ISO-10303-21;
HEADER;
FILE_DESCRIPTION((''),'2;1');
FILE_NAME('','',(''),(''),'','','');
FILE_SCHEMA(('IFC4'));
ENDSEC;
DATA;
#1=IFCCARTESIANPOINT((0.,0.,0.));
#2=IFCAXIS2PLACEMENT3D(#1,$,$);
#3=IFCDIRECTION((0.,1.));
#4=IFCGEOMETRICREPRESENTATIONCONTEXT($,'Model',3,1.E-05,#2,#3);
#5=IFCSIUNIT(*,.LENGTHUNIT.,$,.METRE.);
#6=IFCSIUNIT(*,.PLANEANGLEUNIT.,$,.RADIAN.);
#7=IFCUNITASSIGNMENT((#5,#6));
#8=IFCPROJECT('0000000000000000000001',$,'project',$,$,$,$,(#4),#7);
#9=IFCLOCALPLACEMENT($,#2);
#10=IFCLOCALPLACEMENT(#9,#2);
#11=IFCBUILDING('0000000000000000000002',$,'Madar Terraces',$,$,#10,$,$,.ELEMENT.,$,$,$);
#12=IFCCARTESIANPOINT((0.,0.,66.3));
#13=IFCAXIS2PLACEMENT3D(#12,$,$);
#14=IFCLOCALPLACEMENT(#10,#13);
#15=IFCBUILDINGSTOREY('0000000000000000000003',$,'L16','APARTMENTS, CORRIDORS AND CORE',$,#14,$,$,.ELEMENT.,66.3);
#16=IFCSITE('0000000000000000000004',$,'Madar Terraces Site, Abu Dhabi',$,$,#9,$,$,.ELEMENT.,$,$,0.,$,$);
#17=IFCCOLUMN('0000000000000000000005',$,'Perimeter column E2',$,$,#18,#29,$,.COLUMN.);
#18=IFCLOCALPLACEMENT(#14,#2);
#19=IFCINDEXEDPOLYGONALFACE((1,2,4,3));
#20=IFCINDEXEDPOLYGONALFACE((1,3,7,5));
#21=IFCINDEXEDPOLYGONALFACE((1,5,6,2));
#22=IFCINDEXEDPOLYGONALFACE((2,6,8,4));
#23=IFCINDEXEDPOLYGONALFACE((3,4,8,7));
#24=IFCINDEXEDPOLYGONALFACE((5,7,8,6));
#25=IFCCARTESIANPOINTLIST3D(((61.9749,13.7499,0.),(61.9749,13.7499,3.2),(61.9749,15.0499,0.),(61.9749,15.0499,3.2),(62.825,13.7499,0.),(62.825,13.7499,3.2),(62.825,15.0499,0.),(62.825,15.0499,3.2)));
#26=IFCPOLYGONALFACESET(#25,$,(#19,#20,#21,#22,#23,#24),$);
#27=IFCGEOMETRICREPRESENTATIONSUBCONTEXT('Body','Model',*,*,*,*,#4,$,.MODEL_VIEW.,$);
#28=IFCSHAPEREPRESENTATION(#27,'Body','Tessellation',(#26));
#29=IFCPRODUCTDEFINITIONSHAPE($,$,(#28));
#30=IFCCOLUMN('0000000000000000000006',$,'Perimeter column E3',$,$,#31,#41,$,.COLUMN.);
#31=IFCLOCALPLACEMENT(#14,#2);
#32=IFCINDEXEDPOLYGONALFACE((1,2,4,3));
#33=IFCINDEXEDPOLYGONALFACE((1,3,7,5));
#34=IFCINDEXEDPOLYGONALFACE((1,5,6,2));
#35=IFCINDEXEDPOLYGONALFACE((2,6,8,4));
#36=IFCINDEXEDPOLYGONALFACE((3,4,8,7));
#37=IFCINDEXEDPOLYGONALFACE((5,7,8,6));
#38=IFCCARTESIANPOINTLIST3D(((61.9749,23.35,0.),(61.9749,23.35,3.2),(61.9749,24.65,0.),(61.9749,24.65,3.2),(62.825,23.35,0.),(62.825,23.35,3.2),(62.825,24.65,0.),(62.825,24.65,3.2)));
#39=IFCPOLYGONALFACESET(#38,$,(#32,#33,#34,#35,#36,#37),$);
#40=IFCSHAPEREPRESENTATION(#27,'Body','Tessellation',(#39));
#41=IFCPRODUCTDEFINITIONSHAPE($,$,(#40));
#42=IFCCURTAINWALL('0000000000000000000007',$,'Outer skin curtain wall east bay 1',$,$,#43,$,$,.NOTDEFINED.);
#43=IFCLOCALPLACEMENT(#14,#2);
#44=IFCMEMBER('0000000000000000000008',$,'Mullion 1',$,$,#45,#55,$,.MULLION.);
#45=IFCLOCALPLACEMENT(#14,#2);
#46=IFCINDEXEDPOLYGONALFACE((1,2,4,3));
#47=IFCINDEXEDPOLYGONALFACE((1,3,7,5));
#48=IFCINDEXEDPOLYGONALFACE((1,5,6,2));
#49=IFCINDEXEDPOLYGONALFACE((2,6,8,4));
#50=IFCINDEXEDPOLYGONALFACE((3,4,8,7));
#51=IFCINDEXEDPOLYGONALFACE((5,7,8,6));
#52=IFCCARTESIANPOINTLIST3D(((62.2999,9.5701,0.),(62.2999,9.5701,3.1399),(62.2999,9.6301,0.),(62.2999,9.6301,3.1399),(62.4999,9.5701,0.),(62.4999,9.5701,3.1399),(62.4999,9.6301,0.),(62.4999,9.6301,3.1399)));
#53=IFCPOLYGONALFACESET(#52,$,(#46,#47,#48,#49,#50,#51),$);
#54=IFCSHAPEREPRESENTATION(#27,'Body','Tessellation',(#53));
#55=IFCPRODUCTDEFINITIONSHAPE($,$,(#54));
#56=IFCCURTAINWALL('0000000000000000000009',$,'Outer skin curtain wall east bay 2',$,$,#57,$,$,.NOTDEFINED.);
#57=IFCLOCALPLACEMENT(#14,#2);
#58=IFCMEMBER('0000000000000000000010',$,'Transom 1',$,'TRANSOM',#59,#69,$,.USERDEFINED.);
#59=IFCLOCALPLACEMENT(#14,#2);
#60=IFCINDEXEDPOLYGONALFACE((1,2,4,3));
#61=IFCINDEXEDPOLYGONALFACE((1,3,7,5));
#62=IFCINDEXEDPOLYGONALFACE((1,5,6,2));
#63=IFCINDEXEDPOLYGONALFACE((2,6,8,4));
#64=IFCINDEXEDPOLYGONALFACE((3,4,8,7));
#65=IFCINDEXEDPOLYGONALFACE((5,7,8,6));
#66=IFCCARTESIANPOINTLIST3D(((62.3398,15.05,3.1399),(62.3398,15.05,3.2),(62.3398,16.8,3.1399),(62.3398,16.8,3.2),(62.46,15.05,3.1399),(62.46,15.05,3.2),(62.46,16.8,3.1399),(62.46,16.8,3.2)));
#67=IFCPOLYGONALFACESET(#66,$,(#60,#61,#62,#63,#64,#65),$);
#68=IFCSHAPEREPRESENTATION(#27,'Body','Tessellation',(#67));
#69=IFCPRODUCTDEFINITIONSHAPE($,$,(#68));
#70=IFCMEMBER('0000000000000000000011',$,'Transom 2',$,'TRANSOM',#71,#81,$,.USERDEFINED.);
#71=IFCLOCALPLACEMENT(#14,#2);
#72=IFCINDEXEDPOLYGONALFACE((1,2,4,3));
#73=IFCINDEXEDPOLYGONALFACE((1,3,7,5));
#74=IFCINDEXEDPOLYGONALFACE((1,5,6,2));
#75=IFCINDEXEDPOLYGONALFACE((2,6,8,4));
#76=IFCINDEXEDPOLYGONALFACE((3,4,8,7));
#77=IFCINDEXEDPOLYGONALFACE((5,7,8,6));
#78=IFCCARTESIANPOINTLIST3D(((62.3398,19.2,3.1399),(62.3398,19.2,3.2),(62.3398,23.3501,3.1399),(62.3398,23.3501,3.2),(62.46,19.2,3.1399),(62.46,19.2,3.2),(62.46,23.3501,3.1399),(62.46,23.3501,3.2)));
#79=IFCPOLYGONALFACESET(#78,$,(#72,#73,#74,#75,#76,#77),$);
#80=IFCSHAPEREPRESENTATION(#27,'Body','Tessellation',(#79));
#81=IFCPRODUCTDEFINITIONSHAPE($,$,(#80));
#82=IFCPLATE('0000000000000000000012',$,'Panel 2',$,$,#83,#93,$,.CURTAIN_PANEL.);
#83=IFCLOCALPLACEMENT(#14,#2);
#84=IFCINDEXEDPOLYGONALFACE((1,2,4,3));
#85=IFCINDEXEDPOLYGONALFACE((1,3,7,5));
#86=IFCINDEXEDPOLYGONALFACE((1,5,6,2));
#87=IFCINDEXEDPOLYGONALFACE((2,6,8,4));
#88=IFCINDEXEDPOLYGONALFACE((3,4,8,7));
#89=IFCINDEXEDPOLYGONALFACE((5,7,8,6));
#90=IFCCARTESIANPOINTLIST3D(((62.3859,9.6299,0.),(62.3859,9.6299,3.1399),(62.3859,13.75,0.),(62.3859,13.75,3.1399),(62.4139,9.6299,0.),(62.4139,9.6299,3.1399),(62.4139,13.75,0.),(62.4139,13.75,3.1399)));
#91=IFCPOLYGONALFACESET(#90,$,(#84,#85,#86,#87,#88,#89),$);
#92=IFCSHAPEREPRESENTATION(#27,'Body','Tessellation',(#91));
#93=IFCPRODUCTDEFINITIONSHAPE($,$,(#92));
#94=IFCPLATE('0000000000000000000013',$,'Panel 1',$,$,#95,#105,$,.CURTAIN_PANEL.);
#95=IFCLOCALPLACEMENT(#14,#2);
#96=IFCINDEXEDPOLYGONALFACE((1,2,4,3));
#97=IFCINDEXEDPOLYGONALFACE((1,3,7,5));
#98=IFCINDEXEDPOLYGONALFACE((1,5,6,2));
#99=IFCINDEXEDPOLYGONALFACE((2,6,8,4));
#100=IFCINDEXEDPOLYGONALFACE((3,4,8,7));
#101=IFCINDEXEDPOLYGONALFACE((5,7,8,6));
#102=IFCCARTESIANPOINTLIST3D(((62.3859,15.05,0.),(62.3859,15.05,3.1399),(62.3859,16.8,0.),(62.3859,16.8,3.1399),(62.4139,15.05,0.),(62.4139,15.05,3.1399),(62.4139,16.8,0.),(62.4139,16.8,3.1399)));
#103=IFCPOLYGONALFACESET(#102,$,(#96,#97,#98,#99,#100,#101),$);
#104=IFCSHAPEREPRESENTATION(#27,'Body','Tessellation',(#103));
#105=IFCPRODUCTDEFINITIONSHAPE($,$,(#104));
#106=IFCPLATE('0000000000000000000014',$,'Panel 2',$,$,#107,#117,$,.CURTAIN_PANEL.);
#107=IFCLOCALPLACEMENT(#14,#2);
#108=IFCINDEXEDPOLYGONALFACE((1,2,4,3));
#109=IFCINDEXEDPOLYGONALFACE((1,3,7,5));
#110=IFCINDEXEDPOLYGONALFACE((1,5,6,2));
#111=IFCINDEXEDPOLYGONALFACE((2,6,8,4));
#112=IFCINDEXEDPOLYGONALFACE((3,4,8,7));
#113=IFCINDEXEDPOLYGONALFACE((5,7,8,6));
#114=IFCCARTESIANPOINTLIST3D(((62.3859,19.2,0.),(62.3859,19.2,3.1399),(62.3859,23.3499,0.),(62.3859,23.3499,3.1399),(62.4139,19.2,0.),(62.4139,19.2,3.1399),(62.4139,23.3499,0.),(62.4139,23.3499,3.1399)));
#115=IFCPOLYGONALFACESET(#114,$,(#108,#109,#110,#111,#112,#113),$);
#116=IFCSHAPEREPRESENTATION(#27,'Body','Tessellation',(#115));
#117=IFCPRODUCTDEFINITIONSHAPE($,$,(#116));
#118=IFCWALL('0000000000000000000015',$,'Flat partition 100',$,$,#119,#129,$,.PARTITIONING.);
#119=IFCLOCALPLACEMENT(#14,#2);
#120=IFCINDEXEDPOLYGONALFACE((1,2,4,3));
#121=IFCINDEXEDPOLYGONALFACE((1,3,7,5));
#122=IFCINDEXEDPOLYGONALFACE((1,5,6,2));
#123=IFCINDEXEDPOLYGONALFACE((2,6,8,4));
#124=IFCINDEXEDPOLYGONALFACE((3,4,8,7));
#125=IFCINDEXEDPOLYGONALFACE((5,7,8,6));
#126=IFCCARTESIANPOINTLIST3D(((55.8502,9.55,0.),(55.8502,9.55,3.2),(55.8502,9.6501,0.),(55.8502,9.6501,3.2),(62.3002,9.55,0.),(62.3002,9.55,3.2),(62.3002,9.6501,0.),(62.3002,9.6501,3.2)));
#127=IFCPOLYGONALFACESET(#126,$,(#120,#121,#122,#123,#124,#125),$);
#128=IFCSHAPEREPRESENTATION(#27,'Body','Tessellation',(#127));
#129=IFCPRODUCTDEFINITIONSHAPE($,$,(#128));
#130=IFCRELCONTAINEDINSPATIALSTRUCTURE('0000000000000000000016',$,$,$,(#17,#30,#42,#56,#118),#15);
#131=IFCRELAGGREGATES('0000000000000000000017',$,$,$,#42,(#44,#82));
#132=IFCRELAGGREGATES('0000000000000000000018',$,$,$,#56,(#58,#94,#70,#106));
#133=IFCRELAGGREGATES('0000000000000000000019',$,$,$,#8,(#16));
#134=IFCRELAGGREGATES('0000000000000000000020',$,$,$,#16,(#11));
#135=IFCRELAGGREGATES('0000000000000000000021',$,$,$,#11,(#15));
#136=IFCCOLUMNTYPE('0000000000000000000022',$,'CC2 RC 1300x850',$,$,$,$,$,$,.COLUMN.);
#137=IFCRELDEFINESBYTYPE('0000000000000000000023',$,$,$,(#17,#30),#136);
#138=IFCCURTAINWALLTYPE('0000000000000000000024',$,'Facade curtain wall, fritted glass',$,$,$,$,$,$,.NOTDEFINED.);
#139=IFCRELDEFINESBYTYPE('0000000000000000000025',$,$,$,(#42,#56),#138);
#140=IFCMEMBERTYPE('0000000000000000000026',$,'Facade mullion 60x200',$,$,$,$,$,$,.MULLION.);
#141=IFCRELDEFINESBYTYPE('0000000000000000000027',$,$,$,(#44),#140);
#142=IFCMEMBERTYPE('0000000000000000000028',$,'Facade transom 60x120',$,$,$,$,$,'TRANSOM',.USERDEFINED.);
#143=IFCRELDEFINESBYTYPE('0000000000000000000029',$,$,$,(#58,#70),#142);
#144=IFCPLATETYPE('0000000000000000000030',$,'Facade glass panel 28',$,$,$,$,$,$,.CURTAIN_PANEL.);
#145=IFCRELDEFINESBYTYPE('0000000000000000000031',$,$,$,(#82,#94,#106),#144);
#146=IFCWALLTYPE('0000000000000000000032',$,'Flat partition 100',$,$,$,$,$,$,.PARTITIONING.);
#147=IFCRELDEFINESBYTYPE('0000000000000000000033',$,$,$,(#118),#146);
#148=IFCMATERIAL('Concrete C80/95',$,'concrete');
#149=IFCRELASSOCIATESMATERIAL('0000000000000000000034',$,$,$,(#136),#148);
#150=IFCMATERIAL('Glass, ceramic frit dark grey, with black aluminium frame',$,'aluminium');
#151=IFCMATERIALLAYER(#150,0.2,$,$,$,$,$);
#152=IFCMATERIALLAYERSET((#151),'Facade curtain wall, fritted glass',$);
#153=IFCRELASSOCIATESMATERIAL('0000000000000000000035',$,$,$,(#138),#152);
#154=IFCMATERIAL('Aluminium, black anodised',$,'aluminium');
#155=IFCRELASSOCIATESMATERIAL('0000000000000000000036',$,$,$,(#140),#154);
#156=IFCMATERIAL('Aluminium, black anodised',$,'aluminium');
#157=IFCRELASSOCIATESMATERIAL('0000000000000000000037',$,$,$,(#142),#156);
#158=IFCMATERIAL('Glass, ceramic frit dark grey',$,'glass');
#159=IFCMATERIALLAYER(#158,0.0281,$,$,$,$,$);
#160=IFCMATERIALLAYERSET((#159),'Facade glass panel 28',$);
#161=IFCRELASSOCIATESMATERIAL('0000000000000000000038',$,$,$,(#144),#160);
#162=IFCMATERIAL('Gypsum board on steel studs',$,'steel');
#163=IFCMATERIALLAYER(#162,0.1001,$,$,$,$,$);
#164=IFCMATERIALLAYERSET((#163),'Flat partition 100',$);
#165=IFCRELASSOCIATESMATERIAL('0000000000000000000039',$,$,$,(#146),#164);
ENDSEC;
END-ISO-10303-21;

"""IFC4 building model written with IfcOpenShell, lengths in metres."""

from ifc_helpers import new_model, si_unit, direction, frame, frame_2d, origin, origin_2d, place, context, subcontext, project, spatial, rectangle, extrude, material, layer, layer_set, material_profile, profile_set, type_object, element, aggregate, save


model = new_model("IFC4")

# Units and contexts
model_context = context("Model", 3, precision=1e-05, world=origin(), true_north=direction((0.0, 1.0)))
body_context = subcontext(model_context, "Body", "Model", "MODEL_VIEW")
ifc_project = project(units=[si_unit("LENGTHUNIT", "METRE"), si_unit("PLANEANGLEUNIT", "RADIAN")], contexts=[model_context])

# Site, building, storey
site_placement = place(None, origin())
site = spatial("IfcSite", under=ifc_project, at=site_placement, Name="Madar Terraces Site, Abu Dhabi", CompositionType="ELEMENT", RefElevation=0.0)
building_placement = place(site_placement, origin())
building = spatial("IfcBuilding", under=site, at=building_placement, Name="Madar Terraces", CompositionType="ELEMENT")
storey_placement = place(building_placement, frame((0.0, 0.0, 66.3)))
storey = spatial("IfcBuildingStorey", under=building, at=storey_placement, Name="L16", Description="APARTMENTS, CORRIDORS AND CORE", CompositionType="ELEMENT", Elevation=66.3)

# Columns
ifc_material_1 = material(Name="Concrete C80/95", Category="concrete")
ifc_material_profile_1 = material_profile(ifc_material_1, rectangle(XDim=1.3, YDim=0.8501, at=origin_2d()), Name="CC2 RC 1300x850")
ifc_profile_set_1 = profile_set([ifc_material_profile_1], Name="Concrete C80/95")
column_type = type_object("IfcColumnType", Name="CC2 RC 1300x850", PredefinedType="COLUMN", material=ifc_profile_set_1)
for number, where, z_axis, x_axis, name in (
    (1, (62.3999, 14.3999, 0.0), (0.0, 0.0, 1.0), (0.0, 1.0, 0.0), "Perimeter column E2"),
    (2, (62.3999, 24.0, 0.0), (0.0, 0.0, 1.0), (0.0, 1.0, 0.0), "Perimeter column E3"),
):
    element("IfcColumn", number, at=place(storey_placement, frame(where, z_axis=z_axis, x_axis=x_axis)), inside=storey, type_object=column_type, Name=name, PredefinedType="COLUMN", context=body_context, shape_type="SweptSolid", body=[
        extrude(rectangle(XDim=1.3, YDim=0.8501, at=origin_2d()), origin(), (0.0, 0.0, 1.0), 3.2),
    ])

# Curtain wall, member
ifc_material_2 = material(Name="Glass, ceramic frit dark grey, with black aluminium frame", Category="aluminium")
ifc_layer_1 = layer(ifc_material_2, 0.2)
ifc_layer_set_1 = layer_set([ifc_layer_1], Name="Facade curtain wall, fritted glass")
curtain_wall_type = type_object("IfcCurtainWallType", Name="Facade curtain wall, fritted glass", PredefinedType="NOTDEFINED", material=ifc_layer_set_1)
curtain_wall_1_placement = place(storey_placement, origin())
curtain_wall_1 = element("IfcCurtainWall", 3, at=curtain_wall_1_placement, inside=storey, type_object=curtain_wall_type, Name="Outer skin curtain wall east bay 1", PredefinedType="NOTDEFINED")
ifc_material_3 = material(Name="Aluminium, black anodised", Category="aluminium")
ifc_material_profile_2 = material_profile(ifc_material_3, rectangle(XDim=0.2, YDim=0.0601, at=origin_2d()), Name="Facade mullion 60x200")
ifc_profile_set_2 = profile_set([ifc_material_profile_2], Name="Aluminium, black anodised")
member_type_1 = type_object("IfcMemberType", Name="Facade mullion 60x200", PredefinedType="MULLION", material=ifc_profile_set_2)
member_1_placement = place(storey_placement, frame((62.3999, 9.6001, 0.0), z_axis=(0.0, 0.0, 1.0), x_axis=(-1.0, 0.0, 0.0)))
member_1 = element("IfcMember", 4, at=member_1_placement, type_object=member_type_1, Name="Mullion 1", PredefinedType="MULLION", context=body_context, shape_type="SweptSolid", body=[
    extrude(rectangle(XDim=0.2, YDim=0.0601, at=origin_2d()), origin(), (0.0, 0.0, 1.0), 3.1399),
])

# Curtain wall, members
curtain_wall_2_placement = place(storey_placement, origin())
curtain_wall_2 = element("IfcCurtainWall", 5, at=curtain_wall_2_placement, inside=storey, type_object=curtain_wall_type, Name="Outer skin curtain wall east bay 2", PredefinedType="NOTDEFINED")
ifc_material_4 = material(Name="Aluminium, black anodised", Category="aluminium")
ifc_material_profile_3 = material_profile(ifc_material_4, rectangle(XDim=0.1201, YDim=0.0601, at=origin_2d()), Name="Facade transom 60x120")
ifc_profile_set_3 = profile_set([ifc_material_profile_3], Name="Aluminium, black anodised")
member_type_2 = type_object("IfcMemberType", Name="Facade transom 60x120", ElementType="TRANSOM", PredefinedType="USERDEFINED", material=ifc_profile_set_3)
member_2_placement = place(storey_placement, frame((62.3999, 15.05, 3.1699), z_axis=(0.0, 1.0, 0.0), x_axis=(-1.0, 0.0, 0.0)))
member_2 = element("IfcMember", 6, at=member_2_placement, type_object=member_type_2, Name="Transom 1", ObjectType="TRANSOM", PredefinedType="USERDEFINED", context=body_context, shape_type="SweptSolid", body=[
    extrude(rectangle(XDim=0.1201, YDim=0.0601, at=origin_2d()), origin(), (0.0, 0.0, 1.0), 1.75),
])
member_3_placement = place(storey_placement, frame((62.3999, 19.2, 3.1699), z_axis=(0.0, 1.0, 0.0), x_axis=(-1.0, 0.0, 0.0)))
member_3 = element("IfcMember", 7, at=member_3_placement, type_object=member_type_2, Name="Transom 2", ObjectType="TRANSOM", PredefinedType="USERDEFINED", context=body_context, shape_type="SweptSolid", body=[
    extrude(rectangle(XDim=0.1201, YDim=0.0601, at=origin_2d()), origin(), (0.0, 0.0, 1.0), 4.1501),
])

# Plates
ifc_material_5 = material(Name="Glass, ceramic frit dark grey", Category="glass")
ifc_layer_2 = layer(ifc_material_5, 0.0281)
ifc_layer_set_2 = layer_set([ifc_layer_2], Name="Facade glass panel 28")
plate_type = type_object("IfcPlateType", Name="Facade glass panel 28", PredefinedType="CURTAIN_PANEL", material=ifc_layer_set_2)
plate_1_placement = place(storey_placement, frame((62.3999, 11.6899, 0.0), z_axis=(0.0, 0.0, 1.0), x_axis=(0.0, 1.0, 0.0)))
plate_1 = element("IfcPlate", 8, at=plate_1_placement, type_object=plate_type, Name="Panel 2", PredefinedType="CURTAIN_PANEL", context=body_context, shape_type="SweptSolid", body=[
    extrude(rectangle(XDim=4.1201, YDim=0.0281, at=origin_2d()), origin(), (0.0, 0.0, 1.0), 3.1399),
])
aggregate(curtain_wall_1, [member_1, plate_1])
plate_2_placement = place(storey_placement, frame((62.3999, 15.925, 0.0), z_axis=(0.0, 0.0, 1.0), x_axis=(0.0, 1.0, 0.0)))
plate_2 = element("IfcPlate", 9, at=plate_2_placement, type_object=plate_type, Name="Panel 1", PredefinedType="CURTAIN_PANEL", context=body_context, shape_type="SweptSolid", body=[
    extrude(rectangle(XDim=1.75, YDim=0.0281, at=origin_2d()), origin(), (0.0, 0.0, 1.0), 3.1399),
])
plate_3_placement = place(storey_placement, frame((62.3999, 21.2749, 0.0), z_axis=(0.0, 0.0, 1.0), x_axis=(0.0, 1.0, 0.0)))
plate_3 = element("IfcPlate", 10, at=plate_3_placement, type_object=plate_type, Name="Panel 2", PredefinedType="CURTAIN_PANEL", context=body_context, shape_type="SweptSolid", body=[
    extrude(rectangle(XDim=4.1499, YDim=0.0281, at=origin_2d()), origin(), (0.0, 0.0, 1.0), 3.1399),
])
aggregate(curtain_wall_2, [member_2, plate_2, member_3, plate_3])

# Wall
ifc_material_6 = material(Name="Gypsum board on steel studs", Category="steel")
ifc_layer_3 = layer(ifc_material_6, 0.1001)
ifc_layer_set_3 = layer_set([ifc_layer_3], Name="Flat partition 100")
wall_type_1 = type_object("IfcWallType", Name="Flat partition 100", PredefinedType="PARTITIONING", material=ifc_layer_set_3)
wall_1_placement = place(storey_placement, frame((55.8501, 9.6001, 0.0), z_axis=(0.0, 0.0, 1.0), x_axis=(1.0, 0.0, 0.0)))
element("IfcWall", 11, at=wall_1_placement, inside=storey, type_object=wall_type_1, Name="Flat partition 100", PredefinedType="PARTITIONING", context=body_context, shape_type="SweptSolid", body=[
    extrude(rectangle(XDim=6.45, YDim=0.1001, at=frame_2d((3.2251, 0.0))), origin(), (0.0, 0.0, 1.0), 3.2),
])

save(model, "model.ifc")
